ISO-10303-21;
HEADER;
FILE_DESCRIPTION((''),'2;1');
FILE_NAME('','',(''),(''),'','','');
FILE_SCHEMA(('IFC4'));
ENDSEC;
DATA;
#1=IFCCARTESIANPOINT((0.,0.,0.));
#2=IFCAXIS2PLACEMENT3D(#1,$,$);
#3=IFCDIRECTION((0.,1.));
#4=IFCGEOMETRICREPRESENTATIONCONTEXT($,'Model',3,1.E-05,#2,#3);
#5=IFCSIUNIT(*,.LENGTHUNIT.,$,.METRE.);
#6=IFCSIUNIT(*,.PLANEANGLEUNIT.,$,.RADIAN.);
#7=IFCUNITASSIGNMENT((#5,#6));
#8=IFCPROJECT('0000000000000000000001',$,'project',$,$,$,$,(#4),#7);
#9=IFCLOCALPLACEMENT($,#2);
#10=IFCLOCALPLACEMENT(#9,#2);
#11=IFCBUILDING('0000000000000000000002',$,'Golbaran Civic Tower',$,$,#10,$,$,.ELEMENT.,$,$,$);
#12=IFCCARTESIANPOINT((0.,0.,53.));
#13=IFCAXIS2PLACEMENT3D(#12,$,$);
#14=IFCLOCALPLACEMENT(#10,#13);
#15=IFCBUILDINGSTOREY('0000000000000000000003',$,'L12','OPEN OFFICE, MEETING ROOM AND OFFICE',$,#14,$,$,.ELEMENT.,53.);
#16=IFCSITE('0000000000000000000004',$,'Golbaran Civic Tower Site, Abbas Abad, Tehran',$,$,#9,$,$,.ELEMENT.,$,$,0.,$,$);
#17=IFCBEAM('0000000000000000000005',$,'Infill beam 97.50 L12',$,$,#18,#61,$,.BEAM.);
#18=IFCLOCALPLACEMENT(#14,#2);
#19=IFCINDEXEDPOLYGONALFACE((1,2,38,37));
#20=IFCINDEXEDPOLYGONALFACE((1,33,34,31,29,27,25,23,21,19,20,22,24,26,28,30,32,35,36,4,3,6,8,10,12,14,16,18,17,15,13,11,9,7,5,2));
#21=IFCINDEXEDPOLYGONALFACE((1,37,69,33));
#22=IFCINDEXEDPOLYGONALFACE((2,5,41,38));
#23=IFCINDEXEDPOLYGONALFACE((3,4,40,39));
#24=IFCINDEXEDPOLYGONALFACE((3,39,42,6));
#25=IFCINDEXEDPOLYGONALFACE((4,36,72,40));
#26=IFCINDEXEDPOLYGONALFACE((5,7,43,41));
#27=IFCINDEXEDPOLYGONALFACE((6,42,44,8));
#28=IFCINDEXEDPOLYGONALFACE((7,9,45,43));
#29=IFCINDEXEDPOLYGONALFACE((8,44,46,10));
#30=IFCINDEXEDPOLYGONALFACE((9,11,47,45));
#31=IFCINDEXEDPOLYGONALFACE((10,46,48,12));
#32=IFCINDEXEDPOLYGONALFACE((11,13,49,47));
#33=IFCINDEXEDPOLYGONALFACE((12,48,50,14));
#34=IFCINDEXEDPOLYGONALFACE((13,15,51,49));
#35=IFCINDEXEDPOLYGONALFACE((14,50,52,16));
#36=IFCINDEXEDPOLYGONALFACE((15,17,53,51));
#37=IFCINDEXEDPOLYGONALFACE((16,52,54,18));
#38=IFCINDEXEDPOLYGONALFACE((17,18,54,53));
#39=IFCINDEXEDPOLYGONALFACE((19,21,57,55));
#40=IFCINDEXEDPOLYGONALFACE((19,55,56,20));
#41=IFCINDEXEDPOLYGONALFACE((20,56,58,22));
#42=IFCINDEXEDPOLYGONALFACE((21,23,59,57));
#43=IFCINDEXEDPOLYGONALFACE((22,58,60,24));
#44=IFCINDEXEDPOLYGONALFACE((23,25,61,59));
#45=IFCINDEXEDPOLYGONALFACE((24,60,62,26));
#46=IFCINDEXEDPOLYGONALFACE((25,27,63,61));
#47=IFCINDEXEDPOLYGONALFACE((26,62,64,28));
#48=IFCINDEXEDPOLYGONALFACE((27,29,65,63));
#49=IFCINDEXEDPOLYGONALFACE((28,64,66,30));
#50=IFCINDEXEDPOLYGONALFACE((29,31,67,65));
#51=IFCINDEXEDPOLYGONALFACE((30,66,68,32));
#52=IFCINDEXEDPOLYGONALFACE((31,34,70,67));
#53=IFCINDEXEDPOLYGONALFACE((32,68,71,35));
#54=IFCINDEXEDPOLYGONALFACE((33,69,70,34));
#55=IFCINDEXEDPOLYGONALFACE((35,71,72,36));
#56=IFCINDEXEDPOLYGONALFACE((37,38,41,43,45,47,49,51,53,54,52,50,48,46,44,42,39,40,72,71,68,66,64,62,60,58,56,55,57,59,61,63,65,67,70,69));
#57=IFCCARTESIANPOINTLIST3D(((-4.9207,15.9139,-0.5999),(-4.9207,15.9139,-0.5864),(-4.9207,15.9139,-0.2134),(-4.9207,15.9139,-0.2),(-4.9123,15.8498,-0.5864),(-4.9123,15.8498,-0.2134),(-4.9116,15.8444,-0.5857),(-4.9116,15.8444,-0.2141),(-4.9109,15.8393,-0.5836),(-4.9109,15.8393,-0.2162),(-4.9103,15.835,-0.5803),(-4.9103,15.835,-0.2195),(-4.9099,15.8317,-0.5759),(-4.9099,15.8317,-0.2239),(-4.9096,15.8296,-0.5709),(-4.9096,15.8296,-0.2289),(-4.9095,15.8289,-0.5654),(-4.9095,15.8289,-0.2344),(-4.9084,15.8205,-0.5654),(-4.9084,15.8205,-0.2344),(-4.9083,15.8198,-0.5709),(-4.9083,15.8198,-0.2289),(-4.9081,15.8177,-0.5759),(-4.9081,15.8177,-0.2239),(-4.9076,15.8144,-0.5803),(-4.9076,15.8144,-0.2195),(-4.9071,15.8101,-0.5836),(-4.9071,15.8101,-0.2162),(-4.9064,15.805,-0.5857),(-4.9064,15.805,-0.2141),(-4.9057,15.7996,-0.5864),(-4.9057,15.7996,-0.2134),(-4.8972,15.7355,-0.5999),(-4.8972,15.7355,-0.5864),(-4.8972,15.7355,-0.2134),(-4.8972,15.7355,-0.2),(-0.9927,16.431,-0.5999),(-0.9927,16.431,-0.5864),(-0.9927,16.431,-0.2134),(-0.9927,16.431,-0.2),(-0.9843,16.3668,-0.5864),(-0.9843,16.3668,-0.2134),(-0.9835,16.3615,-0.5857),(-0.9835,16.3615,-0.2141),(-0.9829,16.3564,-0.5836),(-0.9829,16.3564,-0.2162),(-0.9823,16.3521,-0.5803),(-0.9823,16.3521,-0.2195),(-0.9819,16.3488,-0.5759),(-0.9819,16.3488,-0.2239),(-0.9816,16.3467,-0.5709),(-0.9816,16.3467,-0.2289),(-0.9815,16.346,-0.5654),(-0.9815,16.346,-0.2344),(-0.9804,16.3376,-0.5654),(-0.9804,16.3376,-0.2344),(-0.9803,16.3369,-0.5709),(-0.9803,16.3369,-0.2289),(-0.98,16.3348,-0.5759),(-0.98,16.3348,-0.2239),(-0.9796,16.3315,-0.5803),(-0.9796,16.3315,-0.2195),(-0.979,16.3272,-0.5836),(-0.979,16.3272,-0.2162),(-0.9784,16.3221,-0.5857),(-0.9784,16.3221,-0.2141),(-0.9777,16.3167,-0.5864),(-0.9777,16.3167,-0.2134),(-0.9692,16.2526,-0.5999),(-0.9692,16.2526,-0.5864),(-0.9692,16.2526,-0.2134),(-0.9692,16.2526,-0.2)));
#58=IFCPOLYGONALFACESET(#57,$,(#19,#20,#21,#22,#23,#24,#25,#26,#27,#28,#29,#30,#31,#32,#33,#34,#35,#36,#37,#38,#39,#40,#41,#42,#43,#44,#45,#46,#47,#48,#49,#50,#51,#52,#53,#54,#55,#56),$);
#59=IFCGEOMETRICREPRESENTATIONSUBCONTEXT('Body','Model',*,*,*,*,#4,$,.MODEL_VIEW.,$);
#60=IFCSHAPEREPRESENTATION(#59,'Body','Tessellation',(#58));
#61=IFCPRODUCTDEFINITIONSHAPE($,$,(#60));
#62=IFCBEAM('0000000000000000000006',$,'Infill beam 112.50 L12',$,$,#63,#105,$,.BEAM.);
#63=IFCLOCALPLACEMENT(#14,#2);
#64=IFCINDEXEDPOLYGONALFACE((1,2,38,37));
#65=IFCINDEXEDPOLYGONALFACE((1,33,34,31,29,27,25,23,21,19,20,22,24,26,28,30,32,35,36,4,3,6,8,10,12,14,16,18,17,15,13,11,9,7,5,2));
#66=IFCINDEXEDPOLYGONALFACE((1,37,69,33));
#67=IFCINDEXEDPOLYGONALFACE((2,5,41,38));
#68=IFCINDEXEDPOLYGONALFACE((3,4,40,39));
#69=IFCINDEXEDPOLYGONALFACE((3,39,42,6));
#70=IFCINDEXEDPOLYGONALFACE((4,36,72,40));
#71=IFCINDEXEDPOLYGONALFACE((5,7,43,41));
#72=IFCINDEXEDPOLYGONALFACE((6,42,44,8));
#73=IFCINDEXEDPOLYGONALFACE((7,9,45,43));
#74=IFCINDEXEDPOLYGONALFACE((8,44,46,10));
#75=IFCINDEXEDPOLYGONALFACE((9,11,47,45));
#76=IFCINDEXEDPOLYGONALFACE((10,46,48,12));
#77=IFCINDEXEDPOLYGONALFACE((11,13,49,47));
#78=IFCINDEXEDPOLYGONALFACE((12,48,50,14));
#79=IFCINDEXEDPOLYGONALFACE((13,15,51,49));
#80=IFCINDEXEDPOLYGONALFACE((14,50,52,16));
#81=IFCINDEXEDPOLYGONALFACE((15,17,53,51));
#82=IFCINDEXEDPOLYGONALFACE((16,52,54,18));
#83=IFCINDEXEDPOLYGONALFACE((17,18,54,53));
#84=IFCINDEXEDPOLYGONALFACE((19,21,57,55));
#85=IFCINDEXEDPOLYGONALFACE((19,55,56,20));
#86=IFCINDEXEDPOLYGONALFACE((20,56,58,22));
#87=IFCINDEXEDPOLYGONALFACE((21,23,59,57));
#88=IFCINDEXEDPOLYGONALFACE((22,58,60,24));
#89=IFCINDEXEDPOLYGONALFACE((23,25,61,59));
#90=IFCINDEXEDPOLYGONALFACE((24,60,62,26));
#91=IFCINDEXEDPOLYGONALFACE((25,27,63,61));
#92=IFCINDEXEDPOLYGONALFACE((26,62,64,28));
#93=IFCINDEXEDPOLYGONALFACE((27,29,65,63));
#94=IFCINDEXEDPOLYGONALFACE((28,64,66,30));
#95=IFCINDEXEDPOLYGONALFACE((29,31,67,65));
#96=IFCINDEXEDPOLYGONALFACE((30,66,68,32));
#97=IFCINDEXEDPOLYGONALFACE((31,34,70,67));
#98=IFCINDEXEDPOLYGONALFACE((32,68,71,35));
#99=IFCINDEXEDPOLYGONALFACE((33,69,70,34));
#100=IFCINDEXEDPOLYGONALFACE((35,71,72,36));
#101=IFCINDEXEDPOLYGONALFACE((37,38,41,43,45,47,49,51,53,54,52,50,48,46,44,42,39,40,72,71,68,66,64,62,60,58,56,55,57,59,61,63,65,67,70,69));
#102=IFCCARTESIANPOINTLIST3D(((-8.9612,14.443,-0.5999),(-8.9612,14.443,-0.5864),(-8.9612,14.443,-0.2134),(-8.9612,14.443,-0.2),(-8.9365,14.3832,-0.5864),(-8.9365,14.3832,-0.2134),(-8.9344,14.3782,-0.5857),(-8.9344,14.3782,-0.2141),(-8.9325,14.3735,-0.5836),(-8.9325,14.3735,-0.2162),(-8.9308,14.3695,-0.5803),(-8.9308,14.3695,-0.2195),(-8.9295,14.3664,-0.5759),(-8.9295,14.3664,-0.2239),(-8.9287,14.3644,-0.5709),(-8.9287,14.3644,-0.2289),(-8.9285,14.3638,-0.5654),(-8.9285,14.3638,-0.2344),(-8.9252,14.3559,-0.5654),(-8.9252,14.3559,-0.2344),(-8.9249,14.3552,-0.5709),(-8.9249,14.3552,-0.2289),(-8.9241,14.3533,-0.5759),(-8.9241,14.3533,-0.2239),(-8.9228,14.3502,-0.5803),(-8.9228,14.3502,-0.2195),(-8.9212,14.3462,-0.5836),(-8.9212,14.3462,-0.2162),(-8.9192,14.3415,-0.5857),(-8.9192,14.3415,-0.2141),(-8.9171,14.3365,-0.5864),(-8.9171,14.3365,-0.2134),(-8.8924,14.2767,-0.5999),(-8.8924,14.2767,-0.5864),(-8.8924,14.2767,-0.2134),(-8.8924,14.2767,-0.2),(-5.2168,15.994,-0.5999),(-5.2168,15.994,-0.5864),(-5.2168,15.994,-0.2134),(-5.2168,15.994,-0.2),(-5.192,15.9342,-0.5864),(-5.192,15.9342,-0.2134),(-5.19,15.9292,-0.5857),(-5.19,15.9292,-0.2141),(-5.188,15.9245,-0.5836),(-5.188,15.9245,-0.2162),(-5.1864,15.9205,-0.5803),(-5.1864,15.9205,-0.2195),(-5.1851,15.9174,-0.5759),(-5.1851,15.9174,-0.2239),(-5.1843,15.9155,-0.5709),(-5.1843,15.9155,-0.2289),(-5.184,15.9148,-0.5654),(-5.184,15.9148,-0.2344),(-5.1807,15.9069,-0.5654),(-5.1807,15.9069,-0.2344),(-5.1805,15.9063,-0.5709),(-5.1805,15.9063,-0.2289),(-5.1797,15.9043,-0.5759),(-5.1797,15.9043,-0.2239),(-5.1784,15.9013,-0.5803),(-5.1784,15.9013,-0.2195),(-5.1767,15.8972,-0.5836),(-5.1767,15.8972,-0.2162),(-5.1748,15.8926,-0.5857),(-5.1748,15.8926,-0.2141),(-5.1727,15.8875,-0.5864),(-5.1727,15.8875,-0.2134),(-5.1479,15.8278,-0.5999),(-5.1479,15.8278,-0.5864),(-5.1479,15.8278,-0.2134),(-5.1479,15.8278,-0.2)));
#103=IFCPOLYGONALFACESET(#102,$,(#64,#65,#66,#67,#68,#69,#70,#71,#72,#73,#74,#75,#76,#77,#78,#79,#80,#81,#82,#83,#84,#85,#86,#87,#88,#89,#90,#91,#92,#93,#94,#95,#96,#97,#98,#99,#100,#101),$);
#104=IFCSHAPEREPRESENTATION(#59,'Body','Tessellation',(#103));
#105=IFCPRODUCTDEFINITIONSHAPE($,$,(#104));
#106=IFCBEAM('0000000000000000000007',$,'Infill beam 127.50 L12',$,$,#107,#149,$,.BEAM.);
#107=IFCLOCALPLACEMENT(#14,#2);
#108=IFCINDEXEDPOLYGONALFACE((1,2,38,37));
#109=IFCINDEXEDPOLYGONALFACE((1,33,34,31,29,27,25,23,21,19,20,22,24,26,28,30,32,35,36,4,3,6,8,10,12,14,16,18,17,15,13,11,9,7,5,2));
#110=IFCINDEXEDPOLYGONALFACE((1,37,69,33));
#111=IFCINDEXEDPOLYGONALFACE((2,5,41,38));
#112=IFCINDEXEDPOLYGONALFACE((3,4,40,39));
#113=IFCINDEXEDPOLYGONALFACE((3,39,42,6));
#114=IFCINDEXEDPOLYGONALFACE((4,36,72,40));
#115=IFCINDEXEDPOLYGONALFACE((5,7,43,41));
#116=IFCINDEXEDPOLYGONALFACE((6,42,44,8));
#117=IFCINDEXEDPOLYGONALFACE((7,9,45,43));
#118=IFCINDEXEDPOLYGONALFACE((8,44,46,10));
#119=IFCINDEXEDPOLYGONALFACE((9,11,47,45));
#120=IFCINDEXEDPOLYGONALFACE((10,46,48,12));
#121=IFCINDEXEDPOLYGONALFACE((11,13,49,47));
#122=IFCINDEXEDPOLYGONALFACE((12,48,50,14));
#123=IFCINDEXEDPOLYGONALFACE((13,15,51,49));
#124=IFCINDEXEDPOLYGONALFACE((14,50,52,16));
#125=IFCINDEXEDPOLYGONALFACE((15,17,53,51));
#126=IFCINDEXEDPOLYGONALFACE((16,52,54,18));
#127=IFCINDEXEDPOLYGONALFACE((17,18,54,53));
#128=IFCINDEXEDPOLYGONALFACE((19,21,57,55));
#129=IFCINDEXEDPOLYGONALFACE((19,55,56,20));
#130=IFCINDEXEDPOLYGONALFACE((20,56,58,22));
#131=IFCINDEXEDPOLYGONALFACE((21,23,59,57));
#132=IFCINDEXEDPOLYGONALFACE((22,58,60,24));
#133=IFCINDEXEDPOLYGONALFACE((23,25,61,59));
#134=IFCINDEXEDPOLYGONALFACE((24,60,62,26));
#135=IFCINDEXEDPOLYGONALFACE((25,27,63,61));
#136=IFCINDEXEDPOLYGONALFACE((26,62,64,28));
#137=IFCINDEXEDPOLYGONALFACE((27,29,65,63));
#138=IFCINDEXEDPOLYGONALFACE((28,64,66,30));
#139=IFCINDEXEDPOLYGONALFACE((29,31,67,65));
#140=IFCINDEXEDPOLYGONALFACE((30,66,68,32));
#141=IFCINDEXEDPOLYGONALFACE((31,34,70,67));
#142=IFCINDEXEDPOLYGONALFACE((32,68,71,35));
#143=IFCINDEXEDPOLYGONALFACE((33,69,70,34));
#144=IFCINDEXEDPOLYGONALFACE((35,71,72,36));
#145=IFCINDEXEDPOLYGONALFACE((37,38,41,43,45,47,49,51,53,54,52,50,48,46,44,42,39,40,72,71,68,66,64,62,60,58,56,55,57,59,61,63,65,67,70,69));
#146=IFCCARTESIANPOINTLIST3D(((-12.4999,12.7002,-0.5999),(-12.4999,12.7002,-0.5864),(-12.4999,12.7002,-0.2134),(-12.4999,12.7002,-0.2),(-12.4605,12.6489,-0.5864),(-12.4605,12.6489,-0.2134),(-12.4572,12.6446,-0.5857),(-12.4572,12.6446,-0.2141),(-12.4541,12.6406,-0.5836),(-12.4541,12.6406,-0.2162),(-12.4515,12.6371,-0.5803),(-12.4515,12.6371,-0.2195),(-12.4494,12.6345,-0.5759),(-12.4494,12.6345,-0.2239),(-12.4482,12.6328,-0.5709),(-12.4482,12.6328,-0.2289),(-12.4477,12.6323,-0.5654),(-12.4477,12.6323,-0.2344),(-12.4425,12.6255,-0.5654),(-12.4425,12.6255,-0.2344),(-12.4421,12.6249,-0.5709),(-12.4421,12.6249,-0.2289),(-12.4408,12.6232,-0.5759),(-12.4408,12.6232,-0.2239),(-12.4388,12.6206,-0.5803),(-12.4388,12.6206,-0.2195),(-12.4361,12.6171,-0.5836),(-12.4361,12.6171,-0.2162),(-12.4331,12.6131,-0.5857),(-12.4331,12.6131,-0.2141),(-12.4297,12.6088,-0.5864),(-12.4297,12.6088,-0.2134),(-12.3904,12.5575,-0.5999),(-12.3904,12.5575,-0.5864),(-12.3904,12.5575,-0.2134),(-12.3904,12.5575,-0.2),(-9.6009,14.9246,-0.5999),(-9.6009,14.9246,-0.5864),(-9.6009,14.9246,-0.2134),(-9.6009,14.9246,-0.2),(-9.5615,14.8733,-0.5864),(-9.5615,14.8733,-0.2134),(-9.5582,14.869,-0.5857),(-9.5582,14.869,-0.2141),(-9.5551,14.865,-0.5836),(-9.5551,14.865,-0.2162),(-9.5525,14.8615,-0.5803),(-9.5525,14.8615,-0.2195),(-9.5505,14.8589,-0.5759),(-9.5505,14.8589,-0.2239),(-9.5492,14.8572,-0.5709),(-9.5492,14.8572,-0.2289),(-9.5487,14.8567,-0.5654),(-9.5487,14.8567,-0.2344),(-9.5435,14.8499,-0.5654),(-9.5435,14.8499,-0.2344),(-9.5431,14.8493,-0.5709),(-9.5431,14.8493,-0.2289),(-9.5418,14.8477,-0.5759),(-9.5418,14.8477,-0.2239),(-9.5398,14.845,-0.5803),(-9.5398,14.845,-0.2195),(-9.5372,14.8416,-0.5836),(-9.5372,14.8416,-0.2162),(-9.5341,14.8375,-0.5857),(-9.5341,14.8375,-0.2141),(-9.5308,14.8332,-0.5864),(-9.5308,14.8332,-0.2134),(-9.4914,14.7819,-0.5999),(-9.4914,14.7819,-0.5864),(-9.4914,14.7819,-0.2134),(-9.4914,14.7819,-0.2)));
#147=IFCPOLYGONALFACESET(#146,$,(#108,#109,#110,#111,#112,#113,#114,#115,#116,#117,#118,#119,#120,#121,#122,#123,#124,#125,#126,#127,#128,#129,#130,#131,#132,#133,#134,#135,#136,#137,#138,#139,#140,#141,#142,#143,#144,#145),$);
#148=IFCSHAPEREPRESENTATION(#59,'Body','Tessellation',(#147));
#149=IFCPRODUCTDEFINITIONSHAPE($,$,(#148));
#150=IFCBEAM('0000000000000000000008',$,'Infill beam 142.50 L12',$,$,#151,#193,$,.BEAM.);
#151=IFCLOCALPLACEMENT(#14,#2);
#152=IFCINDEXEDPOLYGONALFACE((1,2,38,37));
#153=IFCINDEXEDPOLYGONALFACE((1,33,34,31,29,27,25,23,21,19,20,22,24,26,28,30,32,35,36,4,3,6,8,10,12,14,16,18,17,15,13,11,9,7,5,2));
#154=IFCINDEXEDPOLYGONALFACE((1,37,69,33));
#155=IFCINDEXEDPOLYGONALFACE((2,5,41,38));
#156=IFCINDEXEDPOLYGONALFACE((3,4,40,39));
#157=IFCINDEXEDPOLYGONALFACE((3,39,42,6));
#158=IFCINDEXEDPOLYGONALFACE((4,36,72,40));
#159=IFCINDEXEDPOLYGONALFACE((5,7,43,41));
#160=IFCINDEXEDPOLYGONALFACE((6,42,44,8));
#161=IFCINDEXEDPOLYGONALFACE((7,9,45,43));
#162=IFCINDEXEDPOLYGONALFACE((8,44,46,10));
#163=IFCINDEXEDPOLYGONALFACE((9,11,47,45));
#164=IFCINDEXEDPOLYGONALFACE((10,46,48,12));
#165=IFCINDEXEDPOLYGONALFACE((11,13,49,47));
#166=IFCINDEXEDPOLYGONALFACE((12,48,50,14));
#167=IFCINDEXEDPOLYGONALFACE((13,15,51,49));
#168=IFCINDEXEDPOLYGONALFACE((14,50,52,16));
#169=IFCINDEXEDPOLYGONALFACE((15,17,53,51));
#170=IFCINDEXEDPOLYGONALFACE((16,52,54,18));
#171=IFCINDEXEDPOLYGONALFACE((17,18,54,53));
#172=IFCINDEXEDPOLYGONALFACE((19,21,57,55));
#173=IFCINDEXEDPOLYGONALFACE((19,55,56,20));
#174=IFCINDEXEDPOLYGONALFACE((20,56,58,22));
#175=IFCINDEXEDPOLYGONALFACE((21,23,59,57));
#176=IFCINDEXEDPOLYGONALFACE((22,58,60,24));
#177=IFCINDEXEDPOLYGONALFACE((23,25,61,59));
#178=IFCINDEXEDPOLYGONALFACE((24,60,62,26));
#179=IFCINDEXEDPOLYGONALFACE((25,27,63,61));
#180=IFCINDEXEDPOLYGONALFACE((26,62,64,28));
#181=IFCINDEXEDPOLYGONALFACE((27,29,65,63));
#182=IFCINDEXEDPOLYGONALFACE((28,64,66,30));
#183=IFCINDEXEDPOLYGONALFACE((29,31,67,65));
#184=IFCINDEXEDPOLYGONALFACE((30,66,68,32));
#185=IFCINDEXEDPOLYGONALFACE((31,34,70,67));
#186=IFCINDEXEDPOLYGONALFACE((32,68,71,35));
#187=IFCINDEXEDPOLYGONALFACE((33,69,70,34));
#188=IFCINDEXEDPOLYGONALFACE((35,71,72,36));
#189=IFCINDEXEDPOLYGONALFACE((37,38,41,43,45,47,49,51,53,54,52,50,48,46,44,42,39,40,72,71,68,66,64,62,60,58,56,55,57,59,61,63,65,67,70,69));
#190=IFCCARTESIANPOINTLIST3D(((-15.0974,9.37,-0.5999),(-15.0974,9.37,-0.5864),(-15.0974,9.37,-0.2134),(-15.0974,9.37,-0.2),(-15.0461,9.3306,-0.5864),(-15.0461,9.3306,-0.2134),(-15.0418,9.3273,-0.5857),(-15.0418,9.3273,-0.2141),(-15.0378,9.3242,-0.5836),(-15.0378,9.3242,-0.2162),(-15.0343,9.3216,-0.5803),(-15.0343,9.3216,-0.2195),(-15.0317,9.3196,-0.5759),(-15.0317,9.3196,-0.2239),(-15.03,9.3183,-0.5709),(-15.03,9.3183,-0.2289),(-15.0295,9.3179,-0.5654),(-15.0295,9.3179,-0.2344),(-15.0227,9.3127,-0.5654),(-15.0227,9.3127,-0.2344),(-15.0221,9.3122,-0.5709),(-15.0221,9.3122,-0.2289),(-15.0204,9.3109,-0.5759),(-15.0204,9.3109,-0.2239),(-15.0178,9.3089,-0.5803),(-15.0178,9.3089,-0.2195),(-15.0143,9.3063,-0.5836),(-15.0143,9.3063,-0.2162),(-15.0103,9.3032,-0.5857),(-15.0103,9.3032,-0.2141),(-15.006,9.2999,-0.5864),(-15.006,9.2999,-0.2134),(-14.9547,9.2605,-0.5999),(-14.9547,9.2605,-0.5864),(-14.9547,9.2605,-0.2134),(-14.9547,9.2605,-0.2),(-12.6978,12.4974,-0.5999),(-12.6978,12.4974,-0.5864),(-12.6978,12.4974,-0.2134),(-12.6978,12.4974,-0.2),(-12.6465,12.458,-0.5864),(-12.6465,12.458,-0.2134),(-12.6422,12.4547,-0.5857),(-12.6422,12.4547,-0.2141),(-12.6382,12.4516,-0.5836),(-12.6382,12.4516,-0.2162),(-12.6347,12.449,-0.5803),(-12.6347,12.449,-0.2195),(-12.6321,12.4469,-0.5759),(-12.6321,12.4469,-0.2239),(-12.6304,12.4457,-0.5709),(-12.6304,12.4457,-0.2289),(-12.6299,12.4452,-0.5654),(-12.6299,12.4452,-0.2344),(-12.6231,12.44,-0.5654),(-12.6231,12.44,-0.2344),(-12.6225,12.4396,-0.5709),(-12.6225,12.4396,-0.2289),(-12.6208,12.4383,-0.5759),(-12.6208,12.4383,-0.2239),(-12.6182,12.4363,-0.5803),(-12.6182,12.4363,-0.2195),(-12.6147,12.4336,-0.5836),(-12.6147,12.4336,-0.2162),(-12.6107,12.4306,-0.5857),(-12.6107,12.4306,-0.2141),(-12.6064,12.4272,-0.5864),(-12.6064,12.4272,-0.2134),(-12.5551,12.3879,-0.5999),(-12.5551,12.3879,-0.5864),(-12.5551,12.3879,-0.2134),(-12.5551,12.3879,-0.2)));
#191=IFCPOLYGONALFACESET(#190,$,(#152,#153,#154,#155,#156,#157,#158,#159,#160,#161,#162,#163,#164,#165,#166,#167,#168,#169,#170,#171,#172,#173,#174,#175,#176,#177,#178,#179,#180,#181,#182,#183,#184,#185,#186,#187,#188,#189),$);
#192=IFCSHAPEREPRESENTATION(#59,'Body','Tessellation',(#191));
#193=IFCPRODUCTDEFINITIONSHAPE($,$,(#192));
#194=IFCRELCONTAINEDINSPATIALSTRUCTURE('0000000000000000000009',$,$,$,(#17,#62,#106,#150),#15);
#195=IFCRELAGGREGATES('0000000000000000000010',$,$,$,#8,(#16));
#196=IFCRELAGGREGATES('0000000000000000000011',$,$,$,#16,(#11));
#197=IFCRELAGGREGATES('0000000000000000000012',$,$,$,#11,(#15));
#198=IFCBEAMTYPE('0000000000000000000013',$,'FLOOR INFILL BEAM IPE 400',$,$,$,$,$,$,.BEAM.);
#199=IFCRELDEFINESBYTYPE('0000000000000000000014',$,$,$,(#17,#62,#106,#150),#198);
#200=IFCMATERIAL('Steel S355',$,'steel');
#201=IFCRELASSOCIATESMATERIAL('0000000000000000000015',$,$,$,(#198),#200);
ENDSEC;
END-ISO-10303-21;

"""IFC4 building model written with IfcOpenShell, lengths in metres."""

from ifc_helpers import new_model, si_unit, direction, frame, origin, origin_2d, place, context, subcontext, project, spatial, i_section, extrude, material, material_profile, profile_set, type_object, element, save


model = new_model("IFC4")

# Units and contexts
model_context = context("Model", 3, precision=1e-05, world=origin(), true_north=direction((0.0, 1.0)))
body_context = subcontext(model_context, "Body", "Model", "MODEL_VIEW")
ifc_project = project(units=[si_unit("LENGTHUNIT", "METRE"), si_unit("PLANEANGLEUNIT", "RADIAN")], contexts=[model_context])

# Site, building, storey
site_placement = place(None, origin())
site = spatial("IfcSite", under=ifc_project, at=site_placement, Name="Golbaran Civic Tower Site, Abbas Abad, Tehran", CompositionType="ELEMENT", RefElevation=0.0)
building_placement = place(site_placement, origin())
building = spatial("IfcBuilding", under=site, at=building_placement, Name="Golbaran Civic Tower", CompositionType="ELEMENT")
storey_placement = place(building_placement, frame((0.0, 0.0, 53.0)))
storey = spatial("IfcBuildingStorey", under=building, at=storey_placement, Name="L12", Description="OPEN OFFICE, MEETING ROOM AND OFFICE", CompositionType="ELEMENT", Elevation=53.0)

# Beams
ifc_material_1 = material(Name="Steel S355", Category="steel")
ifc_material_profile_1 = material_profile(ifc_material_1, i_section(OverallWidth=0.1799, OverallDepth=0.3999, WebThickness=0.0085, FlangeThickness=0.0134, FilletRadius=0.021, at=origin_2d()), Name="IPE 400")
ifc_profile_set_1 = profile_set([ifc_material_profile_1], Name="Steel S355")
beam_type_1 = type_object("IfcBeamType", Name="FLOOR INFILL BEAM IPE 400", PredefinedType="BEAM", material=ifc_profile_set_1)
beam_1_placement = place(storey_placement, frame((-0.981, 16.3418, -0.3999), z_axis=(-0.991446, -0.130517, 0.0), x_axis=(0.130517, -0.991446, 0.0)))
element("IfcBeam", 1, at=beam_1_placement, inside=storey, type_object=beam_type_1, Name="Infill beam 97.50 L12", PredefinedType="BEAM", context=body_context, shape_type="SweptSolid", body=[
    extrude(i_section(OverallWidth=0.1799, OverallDepth=0.3999, WebThickness=0.0085, FlangeThickness=0.0134, FilletRadius=0.021, at=origin_2d()), origin(), (0.0, 0.0, 1.0), 3.9619),
])
beam_2_placement = place(storey_placement, frame((-5.1824, 15.9109, -0.3999), z_axis=(-0.923875, -0.382694, 0.0), x_axis=(0.382694, -0.923875, 0.0)))
element("IfcBeam", 2, at=beam_2_placement, inside=storey, type_object=beam_type_1, Name="Infill beam 112.50 L12", PredefinedType="BEAM", context=body_context, shape_type="SweptSolid", body=[
    extrude(i_section(OverallWidth=0.1799, OverallDepth=0.3999, WebThickness=0.0085, FlangeThickness=0.0134, FilletRadius=0.021, at=origin_2d()), origin(), (0.0, 0.0, 1.0), 4.053),
])
beam_3_placement = place(storey_placement, frame((-9.5461, 14.8533, -0.3999), z_axis=(-0.793361, -0.608751, 0.0), x_axis=(0.608751, -0.793361, 0.0)))
element("IfcBeam", 3, at=beam_3_placement, inside=storey, type_object=beam_type_1, Name="Infill beam 127.50 L12", PredefinedType="BEAM", context=body_context, shape_type="SweptSolid", body=[
    extrude(i_section(OverallWidth=0.1799, OverallDepth=0.3999, WebThickness=0.0085, FlangeThickness=0.0134, FilletRadius=0.021, at=origin_2d()), origin(), (0.0, 0.0, 1.0), 3.6541),
])
beam_4_placement = place(storey_placement, frame((-12.6265, 12.4426, -0.3999), z_axis=(-0.608744, -0.793367, 0.0), x_axis=(0.793367, -0.608744, 0.0)))
element("IfcBeam", 4, at=beam_4_placement, inside=storey, type_object=beam_type_1, Name="Infill beam 142.50 L12", PredefinedType="BEAM", context=body_context, shape_type="SweptSolid", body=[
    extrude(i_section(OverallWidth=0.1799, OverallDepth=0.3999, WebThickness=0.0085, FlangeThickness=0.0134, FilletRadius=0.021, at=origin_2d()), origin(), (0.0, 0.0, 1.0), 3.9419),
])

save(model, "model.ifc")
